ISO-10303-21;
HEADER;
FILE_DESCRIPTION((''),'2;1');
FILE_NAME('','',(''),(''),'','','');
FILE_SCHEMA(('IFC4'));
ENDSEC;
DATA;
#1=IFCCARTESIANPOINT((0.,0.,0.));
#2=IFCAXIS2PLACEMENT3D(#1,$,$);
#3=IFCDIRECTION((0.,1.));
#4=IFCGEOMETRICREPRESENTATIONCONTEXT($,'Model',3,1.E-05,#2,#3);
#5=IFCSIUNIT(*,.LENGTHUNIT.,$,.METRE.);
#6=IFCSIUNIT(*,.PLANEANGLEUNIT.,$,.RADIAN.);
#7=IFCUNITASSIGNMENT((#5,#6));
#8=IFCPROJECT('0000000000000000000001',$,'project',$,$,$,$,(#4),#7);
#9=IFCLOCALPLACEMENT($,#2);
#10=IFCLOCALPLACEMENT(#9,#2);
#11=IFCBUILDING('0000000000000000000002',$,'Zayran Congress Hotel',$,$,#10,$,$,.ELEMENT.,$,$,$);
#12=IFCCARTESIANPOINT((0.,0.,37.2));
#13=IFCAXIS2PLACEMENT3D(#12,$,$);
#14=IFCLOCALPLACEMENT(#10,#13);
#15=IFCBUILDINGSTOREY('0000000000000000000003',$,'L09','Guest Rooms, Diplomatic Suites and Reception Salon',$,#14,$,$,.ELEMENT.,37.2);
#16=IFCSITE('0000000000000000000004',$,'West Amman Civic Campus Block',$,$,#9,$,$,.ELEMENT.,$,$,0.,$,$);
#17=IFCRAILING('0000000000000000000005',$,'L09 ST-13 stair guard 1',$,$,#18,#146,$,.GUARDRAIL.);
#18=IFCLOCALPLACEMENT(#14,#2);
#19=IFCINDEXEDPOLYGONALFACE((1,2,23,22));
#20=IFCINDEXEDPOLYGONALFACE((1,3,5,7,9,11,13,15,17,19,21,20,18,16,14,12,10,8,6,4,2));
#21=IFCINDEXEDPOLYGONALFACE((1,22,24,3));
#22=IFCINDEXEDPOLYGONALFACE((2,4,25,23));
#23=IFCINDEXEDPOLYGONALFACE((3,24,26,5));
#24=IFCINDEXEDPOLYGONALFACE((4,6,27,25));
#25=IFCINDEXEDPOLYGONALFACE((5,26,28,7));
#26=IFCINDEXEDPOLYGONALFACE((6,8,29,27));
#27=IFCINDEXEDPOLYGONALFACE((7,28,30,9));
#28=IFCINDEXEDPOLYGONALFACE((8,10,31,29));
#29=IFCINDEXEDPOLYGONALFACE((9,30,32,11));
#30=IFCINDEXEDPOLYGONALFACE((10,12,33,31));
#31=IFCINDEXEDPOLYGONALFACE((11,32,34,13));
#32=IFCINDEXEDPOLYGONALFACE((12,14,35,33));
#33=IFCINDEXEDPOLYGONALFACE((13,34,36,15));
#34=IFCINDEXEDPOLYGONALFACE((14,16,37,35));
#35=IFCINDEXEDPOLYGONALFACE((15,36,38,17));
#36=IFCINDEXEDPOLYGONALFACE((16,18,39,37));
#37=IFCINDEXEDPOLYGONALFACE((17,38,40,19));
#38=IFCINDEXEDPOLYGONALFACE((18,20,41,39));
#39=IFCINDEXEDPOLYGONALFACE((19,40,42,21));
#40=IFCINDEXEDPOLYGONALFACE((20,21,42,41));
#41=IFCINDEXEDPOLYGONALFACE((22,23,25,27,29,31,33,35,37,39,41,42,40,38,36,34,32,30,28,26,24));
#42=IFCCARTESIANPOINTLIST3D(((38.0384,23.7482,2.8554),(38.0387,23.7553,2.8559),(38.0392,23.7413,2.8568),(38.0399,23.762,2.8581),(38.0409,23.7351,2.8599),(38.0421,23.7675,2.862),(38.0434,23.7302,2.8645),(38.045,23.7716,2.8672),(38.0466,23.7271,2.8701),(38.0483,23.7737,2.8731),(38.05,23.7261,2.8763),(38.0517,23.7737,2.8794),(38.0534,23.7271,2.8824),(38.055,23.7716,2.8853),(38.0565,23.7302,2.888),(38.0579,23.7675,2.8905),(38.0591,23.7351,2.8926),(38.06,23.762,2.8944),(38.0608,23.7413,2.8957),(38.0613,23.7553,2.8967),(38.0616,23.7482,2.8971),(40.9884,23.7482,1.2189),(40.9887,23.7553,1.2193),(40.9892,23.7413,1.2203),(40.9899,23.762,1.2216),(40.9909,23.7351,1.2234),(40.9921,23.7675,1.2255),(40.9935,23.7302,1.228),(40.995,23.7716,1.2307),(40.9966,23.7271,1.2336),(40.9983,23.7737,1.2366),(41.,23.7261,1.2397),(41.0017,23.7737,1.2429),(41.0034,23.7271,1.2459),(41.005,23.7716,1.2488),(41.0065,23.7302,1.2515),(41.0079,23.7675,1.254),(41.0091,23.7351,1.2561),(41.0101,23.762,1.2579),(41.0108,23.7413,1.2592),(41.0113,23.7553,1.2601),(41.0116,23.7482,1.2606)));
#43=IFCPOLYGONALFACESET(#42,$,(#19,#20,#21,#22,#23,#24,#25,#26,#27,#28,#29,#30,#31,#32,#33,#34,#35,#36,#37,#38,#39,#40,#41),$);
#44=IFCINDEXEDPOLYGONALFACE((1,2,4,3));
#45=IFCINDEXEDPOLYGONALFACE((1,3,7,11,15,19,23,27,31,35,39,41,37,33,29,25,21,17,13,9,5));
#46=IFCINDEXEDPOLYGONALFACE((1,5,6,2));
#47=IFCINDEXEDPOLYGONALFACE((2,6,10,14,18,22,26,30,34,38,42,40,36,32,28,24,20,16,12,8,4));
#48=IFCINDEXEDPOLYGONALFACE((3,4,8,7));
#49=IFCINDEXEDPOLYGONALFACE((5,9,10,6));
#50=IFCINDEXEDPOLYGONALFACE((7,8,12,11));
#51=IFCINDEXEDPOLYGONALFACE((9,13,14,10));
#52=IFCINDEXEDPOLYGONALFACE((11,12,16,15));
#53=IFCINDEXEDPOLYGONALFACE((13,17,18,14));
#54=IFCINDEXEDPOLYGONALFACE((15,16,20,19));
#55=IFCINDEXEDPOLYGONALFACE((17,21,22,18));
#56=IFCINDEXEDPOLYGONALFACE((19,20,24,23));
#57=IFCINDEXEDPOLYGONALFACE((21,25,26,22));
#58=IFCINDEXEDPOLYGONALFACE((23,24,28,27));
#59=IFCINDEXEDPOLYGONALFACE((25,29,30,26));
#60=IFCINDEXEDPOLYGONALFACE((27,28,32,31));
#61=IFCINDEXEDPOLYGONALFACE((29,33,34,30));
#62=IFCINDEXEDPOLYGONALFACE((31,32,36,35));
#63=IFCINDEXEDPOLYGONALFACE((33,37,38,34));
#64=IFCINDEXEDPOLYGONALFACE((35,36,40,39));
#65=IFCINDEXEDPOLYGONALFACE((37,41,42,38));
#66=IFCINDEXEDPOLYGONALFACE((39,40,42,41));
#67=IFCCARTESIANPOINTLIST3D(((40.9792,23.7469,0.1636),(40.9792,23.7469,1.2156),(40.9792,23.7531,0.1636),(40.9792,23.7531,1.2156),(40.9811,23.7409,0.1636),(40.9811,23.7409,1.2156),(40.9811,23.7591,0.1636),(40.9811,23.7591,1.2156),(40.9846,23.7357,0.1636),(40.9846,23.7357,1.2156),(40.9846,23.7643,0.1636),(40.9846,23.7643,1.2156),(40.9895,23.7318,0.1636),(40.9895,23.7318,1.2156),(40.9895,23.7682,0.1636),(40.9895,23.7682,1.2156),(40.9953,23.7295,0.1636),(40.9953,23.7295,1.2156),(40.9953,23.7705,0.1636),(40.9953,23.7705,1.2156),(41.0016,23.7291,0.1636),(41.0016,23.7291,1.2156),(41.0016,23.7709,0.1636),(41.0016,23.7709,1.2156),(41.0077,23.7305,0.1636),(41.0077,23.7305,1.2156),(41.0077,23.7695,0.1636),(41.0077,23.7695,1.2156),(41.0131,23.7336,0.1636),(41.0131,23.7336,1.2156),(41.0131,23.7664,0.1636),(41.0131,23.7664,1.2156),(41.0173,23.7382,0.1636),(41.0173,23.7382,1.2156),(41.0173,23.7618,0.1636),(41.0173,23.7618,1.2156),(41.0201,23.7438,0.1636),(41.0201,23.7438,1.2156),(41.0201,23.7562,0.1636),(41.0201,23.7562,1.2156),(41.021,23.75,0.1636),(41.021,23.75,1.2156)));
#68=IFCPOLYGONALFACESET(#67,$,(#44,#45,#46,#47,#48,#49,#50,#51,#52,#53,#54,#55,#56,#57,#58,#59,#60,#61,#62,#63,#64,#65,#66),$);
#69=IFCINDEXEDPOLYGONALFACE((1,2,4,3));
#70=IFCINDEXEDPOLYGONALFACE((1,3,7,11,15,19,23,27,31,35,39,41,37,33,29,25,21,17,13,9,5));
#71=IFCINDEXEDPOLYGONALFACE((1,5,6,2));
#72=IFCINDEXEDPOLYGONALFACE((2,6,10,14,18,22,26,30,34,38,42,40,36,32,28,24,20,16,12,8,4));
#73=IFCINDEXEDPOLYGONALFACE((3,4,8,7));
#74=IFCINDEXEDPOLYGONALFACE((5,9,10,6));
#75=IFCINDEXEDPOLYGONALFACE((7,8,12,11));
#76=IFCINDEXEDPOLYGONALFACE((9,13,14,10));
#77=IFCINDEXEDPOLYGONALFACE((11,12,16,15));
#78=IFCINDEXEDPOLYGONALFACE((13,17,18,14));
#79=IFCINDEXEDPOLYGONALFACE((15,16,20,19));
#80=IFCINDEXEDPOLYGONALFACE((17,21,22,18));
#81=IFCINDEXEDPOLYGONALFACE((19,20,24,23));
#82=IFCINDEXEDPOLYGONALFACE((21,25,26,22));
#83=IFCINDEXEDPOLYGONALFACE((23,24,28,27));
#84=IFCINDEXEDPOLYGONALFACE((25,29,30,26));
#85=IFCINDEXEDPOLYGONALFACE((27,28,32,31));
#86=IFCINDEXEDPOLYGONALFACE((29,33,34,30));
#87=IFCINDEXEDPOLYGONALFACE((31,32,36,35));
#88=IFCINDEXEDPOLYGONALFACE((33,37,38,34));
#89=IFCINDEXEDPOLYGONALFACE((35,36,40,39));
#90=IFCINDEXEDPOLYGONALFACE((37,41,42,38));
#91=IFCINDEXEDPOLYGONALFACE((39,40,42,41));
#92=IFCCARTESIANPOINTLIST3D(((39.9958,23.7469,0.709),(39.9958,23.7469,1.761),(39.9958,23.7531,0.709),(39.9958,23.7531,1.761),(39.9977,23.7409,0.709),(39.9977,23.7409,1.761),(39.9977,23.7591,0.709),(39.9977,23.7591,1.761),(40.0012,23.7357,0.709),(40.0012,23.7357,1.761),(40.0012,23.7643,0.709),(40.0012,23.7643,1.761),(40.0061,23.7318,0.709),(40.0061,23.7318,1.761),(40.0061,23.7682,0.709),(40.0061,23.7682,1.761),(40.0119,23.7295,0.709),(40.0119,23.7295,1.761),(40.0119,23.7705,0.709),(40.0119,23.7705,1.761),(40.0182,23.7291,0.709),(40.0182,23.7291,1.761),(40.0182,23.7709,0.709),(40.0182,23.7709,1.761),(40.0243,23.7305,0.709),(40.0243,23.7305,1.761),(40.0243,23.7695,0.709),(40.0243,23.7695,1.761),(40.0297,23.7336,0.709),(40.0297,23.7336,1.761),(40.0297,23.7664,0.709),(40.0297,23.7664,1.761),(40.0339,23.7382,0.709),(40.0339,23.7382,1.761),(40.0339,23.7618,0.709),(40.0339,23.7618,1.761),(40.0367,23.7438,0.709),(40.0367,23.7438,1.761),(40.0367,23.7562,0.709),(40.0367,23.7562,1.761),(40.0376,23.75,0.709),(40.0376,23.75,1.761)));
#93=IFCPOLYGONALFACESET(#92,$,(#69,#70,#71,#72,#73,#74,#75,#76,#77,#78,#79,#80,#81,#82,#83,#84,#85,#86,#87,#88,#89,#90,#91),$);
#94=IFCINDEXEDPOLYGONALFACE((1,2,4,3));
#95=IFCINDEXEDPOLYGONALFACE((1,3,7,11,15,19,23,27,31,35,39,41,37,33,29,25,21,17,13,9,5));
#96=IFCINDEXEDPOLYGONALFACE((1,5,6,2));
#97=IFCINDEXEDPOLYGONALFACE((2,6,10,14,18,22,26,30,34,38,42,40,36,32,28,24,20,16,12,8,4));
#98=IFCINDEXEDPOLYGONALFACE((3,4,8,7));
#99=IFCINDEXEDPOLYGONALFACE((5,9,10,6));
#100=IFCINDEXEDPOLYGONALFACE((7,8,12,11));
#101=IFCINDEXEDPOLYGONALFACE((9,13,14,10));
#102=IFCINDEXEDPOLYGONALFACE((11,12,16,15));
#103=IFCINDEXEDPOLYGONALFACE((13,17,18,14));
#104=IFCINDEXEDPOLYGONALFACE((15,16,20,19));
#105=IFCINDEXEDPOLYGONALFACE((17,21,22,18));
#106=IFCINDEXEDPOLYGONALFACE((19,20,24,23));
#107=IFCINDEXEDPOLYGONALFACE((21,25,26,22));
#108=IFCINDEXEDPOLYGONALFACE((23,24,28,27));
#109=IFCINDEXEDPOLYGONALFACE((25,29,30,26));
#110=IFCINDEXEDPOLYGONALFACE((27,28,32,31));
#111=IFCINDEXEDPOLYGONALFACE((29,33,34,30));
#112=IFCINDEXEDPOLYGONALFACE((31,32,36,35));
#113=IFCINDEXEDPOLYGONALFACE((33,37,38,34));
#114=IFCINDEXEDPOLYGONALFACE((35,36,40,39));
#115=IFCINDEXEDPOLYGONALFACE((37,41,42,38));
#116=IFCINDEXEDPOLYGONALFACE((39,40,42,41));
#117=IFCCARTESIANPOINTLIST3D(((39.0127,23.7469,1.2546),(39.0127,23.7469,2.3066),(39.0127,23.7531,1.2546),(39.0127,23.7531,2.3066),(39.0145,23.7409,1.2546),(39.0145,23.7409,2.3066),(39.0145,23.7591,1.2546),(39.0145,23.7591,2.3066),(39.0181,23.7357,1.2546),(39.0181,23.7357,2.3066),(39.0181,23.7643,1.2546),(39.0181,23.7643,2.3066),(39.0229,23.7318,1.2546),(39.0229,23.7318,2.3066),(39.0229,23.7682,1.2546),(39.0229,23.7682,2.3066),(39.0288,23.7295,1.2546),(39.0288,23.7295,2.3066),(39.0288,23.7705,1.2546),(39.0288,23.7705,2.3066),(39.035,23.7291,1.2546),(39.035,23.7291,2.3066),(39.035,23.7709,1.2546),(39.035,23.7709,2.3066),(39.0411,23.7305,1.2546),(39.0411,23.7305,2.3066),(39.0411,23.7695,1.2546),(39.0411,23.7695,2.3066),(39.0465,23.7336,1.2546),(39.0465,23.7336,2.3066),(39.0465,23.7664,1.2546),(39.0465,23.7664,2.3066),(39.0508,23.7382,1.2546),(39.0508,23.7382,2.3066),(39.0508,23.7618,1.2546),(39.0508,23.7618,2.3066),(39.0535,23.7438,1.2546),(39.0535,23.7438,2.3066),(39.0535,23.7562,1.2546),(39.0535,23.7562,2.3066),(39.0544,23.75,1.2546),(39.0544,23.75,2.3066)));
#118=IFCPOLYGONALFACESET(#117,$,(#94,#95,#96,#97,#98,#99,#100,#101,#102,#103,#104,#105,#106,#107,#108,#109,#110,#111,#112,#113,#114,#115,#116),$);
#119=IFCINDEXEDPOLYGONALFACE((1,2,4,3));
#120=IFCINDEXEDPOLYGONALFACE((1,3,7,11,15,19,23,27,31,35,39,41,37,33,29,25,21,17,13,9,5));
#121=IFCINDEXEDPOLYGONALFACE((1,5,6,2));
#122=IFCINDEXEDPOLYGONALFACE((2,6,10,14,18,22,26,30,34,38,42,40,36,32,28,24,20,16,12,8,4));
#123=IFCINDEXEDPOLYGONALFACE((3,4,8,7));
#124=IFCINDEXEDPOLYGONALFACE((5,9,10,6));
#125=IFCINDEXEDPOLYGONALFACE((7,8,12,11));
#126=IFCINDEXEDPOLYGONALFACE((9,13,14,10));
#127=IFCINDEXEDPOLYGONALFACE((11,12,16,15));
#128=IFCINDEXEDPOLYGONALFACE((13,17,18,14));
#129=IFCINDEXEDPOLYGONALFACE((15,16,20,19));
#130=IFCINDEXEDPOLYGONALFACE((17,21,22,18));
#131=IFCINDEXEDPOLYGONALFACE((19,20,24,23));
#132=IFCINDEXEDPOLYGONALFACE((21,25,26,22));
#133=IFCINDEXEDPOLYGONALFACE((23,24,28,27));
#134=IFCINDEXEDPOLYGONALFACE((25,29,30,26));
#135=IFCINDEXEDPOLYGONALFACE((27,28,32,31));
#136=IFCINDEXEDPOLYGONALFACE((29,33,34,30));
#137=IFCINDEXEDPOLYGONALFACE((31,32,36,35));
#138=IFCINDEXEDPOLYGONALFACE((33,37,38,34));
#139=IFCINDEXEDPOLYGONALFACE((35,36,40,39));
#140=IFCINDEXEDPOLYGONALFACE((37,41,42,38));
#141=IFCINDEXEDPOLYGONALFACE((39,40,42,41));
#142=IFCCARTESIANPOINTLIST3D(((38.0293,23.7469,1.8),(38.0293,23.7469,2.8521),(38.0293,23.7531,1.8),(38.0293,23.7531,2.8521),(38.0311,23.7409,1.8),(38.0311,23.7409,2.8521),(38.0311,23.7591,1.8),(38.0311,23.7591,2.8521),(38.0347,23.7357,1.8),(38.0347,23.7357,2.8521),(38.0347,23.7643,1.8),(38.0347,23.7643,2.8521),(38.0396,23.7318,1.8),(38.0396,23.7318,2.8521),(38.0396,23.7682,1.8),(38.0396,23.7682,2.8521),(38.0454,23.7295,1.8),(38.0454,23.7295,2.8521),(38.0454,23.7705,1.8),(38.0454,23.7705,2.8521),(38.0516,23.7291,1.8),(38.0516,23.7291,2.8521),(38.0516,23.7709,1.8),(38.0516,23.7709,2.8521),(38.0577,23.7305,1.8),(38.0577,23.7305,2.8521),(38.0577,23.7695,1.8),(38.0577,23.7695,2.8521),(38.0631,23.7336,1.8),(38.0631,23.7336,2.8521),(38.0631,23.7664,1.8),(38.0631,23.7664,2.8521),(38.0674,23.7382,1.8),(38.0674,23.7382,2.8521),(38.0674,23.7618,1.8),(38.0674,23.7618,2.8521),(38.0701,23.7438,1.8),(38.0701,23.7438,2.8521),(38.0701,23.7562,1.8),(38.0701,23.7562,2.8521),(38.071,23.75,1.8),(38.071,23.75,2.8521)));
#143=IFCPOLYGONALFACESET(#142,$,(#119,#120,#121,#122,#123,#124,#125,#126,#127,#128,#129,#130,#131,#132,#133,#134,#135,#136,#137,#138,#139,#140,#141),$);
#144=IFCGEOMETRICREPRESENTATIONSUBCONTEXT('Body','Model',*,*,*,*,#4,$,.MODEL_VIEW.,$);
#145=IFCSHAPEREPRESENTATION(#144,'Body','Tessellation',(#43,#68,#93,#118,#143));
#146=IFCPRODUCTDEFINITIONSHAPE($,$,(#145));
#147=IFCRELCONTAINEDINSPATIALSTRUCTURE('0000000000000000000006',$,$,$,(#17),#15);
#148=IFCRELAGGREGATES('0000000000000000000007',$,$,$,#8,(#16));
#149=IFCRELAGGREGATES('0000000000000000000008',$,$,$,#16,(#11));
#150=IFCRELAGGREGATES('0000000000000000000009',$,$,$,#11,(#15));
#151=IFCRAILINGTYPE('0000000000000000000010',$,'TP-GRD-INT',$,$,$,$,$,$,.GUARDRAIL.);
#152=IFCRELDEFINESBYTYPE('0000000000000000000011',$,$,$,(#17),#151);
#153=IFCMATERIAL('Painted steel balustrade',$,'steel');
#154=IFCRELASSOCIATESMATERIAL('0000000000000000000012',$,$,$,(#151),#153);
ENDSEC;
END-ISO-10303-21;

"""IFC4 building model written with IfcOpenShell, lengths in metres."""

from ifc_helpers import new_model, si_unit, direction, frame, origin, origin_2d, place, context, subcontext, project, spatial, circle, extrude, material, type_object, element, save


model = new_model("IFC4")

# Units and contexts
model_context = context("Model", 3, precision=1e-05, world=origin(), true_north=direction((0.0, 1.0)))
body_context = subcontext(model_context, "Body", "Model", "MODEL_VIEW")
ifc_project = project(units=[si_unit("LENGTHUNIT", "METRE"), si_unit("PLANEANGLEUNIT", "RADIAN")], contexts=[model_context])

# Site, building, storey
site_placement = place(None, origin())
site = spatial("IfcSite", under=ifc_project, at=site_placement, Name="West Amman Civic Campus Block", CompositionType="ELEMENT", RefElevation=0.0)
building_placement = place(site_placement, origin())
building = spatial("IfcBuilding", under=site, at=building_placement, Name="Zayran Congress Hotel", CompositionType="ELEMENT")
storey_placement = place(building_placement, frame((0.0, 0.0, 37.2)))
storey = spatial("IfcBuildingStorey", under=building, at=storey_placement, Name="L09", Description="Guest Rooms, Diplomatic Suites and Reception Salon", CompositionType="ELEMENT", Elevation=37.2)

# Railing
ifc_material_1 = material(Name="Painted steel balustrade", Category="steel")
railing_type_1 = type_object("IfcRailingType", Name="TP-GRD-INT", PredefinedType="GUARDRAIL", material=ifc_material_1)
railing_1_placement = place(storey_placement, frame((41.0, 23.75, 0.1636)))
element("IfcRailing", 1, at=railing_1_placement, inside=storey, type_object=railing_type_1, Name="L09 ST-13 stair guard 1", PredefinedType="GUARDRAIL", context=body_context, shape_type="SweptSolid", body=[
    extrude(circle(Radius=0.0239, at=origin_2d()), frame((0.0, 0.0, 1.0762), z_axis=(-0.874458, 0.0, 0.485102), x_axis=(0.0, -1.0, 0.0)), (0.0, 0.0, 1.0), 3.3735),
    extrude(circle(Radius=0.021, at=origin_2d()), origin(), (0.0, 0.0, 1.0), 1.052),
    extrude(circle(Radius=0.021, at=origin_2d()), frame((-0.9834, 0.0, 0.5454)), (0.0, 0.0, 1.0), 1.052),
    extrude(circle(Radius=0.021, at=origin_2d()), frame((-1.9666, 0.0, 1.0911)), (0.0, 0.0, 1.0), 1.052),
    extrude(circle(Radius=0.021, at=origin_2d()), frame((-2.95, 0.0, 1.6365)), (0.0, 0.0, 1.0), 1.052),
])

save(model, "model.ifc")
